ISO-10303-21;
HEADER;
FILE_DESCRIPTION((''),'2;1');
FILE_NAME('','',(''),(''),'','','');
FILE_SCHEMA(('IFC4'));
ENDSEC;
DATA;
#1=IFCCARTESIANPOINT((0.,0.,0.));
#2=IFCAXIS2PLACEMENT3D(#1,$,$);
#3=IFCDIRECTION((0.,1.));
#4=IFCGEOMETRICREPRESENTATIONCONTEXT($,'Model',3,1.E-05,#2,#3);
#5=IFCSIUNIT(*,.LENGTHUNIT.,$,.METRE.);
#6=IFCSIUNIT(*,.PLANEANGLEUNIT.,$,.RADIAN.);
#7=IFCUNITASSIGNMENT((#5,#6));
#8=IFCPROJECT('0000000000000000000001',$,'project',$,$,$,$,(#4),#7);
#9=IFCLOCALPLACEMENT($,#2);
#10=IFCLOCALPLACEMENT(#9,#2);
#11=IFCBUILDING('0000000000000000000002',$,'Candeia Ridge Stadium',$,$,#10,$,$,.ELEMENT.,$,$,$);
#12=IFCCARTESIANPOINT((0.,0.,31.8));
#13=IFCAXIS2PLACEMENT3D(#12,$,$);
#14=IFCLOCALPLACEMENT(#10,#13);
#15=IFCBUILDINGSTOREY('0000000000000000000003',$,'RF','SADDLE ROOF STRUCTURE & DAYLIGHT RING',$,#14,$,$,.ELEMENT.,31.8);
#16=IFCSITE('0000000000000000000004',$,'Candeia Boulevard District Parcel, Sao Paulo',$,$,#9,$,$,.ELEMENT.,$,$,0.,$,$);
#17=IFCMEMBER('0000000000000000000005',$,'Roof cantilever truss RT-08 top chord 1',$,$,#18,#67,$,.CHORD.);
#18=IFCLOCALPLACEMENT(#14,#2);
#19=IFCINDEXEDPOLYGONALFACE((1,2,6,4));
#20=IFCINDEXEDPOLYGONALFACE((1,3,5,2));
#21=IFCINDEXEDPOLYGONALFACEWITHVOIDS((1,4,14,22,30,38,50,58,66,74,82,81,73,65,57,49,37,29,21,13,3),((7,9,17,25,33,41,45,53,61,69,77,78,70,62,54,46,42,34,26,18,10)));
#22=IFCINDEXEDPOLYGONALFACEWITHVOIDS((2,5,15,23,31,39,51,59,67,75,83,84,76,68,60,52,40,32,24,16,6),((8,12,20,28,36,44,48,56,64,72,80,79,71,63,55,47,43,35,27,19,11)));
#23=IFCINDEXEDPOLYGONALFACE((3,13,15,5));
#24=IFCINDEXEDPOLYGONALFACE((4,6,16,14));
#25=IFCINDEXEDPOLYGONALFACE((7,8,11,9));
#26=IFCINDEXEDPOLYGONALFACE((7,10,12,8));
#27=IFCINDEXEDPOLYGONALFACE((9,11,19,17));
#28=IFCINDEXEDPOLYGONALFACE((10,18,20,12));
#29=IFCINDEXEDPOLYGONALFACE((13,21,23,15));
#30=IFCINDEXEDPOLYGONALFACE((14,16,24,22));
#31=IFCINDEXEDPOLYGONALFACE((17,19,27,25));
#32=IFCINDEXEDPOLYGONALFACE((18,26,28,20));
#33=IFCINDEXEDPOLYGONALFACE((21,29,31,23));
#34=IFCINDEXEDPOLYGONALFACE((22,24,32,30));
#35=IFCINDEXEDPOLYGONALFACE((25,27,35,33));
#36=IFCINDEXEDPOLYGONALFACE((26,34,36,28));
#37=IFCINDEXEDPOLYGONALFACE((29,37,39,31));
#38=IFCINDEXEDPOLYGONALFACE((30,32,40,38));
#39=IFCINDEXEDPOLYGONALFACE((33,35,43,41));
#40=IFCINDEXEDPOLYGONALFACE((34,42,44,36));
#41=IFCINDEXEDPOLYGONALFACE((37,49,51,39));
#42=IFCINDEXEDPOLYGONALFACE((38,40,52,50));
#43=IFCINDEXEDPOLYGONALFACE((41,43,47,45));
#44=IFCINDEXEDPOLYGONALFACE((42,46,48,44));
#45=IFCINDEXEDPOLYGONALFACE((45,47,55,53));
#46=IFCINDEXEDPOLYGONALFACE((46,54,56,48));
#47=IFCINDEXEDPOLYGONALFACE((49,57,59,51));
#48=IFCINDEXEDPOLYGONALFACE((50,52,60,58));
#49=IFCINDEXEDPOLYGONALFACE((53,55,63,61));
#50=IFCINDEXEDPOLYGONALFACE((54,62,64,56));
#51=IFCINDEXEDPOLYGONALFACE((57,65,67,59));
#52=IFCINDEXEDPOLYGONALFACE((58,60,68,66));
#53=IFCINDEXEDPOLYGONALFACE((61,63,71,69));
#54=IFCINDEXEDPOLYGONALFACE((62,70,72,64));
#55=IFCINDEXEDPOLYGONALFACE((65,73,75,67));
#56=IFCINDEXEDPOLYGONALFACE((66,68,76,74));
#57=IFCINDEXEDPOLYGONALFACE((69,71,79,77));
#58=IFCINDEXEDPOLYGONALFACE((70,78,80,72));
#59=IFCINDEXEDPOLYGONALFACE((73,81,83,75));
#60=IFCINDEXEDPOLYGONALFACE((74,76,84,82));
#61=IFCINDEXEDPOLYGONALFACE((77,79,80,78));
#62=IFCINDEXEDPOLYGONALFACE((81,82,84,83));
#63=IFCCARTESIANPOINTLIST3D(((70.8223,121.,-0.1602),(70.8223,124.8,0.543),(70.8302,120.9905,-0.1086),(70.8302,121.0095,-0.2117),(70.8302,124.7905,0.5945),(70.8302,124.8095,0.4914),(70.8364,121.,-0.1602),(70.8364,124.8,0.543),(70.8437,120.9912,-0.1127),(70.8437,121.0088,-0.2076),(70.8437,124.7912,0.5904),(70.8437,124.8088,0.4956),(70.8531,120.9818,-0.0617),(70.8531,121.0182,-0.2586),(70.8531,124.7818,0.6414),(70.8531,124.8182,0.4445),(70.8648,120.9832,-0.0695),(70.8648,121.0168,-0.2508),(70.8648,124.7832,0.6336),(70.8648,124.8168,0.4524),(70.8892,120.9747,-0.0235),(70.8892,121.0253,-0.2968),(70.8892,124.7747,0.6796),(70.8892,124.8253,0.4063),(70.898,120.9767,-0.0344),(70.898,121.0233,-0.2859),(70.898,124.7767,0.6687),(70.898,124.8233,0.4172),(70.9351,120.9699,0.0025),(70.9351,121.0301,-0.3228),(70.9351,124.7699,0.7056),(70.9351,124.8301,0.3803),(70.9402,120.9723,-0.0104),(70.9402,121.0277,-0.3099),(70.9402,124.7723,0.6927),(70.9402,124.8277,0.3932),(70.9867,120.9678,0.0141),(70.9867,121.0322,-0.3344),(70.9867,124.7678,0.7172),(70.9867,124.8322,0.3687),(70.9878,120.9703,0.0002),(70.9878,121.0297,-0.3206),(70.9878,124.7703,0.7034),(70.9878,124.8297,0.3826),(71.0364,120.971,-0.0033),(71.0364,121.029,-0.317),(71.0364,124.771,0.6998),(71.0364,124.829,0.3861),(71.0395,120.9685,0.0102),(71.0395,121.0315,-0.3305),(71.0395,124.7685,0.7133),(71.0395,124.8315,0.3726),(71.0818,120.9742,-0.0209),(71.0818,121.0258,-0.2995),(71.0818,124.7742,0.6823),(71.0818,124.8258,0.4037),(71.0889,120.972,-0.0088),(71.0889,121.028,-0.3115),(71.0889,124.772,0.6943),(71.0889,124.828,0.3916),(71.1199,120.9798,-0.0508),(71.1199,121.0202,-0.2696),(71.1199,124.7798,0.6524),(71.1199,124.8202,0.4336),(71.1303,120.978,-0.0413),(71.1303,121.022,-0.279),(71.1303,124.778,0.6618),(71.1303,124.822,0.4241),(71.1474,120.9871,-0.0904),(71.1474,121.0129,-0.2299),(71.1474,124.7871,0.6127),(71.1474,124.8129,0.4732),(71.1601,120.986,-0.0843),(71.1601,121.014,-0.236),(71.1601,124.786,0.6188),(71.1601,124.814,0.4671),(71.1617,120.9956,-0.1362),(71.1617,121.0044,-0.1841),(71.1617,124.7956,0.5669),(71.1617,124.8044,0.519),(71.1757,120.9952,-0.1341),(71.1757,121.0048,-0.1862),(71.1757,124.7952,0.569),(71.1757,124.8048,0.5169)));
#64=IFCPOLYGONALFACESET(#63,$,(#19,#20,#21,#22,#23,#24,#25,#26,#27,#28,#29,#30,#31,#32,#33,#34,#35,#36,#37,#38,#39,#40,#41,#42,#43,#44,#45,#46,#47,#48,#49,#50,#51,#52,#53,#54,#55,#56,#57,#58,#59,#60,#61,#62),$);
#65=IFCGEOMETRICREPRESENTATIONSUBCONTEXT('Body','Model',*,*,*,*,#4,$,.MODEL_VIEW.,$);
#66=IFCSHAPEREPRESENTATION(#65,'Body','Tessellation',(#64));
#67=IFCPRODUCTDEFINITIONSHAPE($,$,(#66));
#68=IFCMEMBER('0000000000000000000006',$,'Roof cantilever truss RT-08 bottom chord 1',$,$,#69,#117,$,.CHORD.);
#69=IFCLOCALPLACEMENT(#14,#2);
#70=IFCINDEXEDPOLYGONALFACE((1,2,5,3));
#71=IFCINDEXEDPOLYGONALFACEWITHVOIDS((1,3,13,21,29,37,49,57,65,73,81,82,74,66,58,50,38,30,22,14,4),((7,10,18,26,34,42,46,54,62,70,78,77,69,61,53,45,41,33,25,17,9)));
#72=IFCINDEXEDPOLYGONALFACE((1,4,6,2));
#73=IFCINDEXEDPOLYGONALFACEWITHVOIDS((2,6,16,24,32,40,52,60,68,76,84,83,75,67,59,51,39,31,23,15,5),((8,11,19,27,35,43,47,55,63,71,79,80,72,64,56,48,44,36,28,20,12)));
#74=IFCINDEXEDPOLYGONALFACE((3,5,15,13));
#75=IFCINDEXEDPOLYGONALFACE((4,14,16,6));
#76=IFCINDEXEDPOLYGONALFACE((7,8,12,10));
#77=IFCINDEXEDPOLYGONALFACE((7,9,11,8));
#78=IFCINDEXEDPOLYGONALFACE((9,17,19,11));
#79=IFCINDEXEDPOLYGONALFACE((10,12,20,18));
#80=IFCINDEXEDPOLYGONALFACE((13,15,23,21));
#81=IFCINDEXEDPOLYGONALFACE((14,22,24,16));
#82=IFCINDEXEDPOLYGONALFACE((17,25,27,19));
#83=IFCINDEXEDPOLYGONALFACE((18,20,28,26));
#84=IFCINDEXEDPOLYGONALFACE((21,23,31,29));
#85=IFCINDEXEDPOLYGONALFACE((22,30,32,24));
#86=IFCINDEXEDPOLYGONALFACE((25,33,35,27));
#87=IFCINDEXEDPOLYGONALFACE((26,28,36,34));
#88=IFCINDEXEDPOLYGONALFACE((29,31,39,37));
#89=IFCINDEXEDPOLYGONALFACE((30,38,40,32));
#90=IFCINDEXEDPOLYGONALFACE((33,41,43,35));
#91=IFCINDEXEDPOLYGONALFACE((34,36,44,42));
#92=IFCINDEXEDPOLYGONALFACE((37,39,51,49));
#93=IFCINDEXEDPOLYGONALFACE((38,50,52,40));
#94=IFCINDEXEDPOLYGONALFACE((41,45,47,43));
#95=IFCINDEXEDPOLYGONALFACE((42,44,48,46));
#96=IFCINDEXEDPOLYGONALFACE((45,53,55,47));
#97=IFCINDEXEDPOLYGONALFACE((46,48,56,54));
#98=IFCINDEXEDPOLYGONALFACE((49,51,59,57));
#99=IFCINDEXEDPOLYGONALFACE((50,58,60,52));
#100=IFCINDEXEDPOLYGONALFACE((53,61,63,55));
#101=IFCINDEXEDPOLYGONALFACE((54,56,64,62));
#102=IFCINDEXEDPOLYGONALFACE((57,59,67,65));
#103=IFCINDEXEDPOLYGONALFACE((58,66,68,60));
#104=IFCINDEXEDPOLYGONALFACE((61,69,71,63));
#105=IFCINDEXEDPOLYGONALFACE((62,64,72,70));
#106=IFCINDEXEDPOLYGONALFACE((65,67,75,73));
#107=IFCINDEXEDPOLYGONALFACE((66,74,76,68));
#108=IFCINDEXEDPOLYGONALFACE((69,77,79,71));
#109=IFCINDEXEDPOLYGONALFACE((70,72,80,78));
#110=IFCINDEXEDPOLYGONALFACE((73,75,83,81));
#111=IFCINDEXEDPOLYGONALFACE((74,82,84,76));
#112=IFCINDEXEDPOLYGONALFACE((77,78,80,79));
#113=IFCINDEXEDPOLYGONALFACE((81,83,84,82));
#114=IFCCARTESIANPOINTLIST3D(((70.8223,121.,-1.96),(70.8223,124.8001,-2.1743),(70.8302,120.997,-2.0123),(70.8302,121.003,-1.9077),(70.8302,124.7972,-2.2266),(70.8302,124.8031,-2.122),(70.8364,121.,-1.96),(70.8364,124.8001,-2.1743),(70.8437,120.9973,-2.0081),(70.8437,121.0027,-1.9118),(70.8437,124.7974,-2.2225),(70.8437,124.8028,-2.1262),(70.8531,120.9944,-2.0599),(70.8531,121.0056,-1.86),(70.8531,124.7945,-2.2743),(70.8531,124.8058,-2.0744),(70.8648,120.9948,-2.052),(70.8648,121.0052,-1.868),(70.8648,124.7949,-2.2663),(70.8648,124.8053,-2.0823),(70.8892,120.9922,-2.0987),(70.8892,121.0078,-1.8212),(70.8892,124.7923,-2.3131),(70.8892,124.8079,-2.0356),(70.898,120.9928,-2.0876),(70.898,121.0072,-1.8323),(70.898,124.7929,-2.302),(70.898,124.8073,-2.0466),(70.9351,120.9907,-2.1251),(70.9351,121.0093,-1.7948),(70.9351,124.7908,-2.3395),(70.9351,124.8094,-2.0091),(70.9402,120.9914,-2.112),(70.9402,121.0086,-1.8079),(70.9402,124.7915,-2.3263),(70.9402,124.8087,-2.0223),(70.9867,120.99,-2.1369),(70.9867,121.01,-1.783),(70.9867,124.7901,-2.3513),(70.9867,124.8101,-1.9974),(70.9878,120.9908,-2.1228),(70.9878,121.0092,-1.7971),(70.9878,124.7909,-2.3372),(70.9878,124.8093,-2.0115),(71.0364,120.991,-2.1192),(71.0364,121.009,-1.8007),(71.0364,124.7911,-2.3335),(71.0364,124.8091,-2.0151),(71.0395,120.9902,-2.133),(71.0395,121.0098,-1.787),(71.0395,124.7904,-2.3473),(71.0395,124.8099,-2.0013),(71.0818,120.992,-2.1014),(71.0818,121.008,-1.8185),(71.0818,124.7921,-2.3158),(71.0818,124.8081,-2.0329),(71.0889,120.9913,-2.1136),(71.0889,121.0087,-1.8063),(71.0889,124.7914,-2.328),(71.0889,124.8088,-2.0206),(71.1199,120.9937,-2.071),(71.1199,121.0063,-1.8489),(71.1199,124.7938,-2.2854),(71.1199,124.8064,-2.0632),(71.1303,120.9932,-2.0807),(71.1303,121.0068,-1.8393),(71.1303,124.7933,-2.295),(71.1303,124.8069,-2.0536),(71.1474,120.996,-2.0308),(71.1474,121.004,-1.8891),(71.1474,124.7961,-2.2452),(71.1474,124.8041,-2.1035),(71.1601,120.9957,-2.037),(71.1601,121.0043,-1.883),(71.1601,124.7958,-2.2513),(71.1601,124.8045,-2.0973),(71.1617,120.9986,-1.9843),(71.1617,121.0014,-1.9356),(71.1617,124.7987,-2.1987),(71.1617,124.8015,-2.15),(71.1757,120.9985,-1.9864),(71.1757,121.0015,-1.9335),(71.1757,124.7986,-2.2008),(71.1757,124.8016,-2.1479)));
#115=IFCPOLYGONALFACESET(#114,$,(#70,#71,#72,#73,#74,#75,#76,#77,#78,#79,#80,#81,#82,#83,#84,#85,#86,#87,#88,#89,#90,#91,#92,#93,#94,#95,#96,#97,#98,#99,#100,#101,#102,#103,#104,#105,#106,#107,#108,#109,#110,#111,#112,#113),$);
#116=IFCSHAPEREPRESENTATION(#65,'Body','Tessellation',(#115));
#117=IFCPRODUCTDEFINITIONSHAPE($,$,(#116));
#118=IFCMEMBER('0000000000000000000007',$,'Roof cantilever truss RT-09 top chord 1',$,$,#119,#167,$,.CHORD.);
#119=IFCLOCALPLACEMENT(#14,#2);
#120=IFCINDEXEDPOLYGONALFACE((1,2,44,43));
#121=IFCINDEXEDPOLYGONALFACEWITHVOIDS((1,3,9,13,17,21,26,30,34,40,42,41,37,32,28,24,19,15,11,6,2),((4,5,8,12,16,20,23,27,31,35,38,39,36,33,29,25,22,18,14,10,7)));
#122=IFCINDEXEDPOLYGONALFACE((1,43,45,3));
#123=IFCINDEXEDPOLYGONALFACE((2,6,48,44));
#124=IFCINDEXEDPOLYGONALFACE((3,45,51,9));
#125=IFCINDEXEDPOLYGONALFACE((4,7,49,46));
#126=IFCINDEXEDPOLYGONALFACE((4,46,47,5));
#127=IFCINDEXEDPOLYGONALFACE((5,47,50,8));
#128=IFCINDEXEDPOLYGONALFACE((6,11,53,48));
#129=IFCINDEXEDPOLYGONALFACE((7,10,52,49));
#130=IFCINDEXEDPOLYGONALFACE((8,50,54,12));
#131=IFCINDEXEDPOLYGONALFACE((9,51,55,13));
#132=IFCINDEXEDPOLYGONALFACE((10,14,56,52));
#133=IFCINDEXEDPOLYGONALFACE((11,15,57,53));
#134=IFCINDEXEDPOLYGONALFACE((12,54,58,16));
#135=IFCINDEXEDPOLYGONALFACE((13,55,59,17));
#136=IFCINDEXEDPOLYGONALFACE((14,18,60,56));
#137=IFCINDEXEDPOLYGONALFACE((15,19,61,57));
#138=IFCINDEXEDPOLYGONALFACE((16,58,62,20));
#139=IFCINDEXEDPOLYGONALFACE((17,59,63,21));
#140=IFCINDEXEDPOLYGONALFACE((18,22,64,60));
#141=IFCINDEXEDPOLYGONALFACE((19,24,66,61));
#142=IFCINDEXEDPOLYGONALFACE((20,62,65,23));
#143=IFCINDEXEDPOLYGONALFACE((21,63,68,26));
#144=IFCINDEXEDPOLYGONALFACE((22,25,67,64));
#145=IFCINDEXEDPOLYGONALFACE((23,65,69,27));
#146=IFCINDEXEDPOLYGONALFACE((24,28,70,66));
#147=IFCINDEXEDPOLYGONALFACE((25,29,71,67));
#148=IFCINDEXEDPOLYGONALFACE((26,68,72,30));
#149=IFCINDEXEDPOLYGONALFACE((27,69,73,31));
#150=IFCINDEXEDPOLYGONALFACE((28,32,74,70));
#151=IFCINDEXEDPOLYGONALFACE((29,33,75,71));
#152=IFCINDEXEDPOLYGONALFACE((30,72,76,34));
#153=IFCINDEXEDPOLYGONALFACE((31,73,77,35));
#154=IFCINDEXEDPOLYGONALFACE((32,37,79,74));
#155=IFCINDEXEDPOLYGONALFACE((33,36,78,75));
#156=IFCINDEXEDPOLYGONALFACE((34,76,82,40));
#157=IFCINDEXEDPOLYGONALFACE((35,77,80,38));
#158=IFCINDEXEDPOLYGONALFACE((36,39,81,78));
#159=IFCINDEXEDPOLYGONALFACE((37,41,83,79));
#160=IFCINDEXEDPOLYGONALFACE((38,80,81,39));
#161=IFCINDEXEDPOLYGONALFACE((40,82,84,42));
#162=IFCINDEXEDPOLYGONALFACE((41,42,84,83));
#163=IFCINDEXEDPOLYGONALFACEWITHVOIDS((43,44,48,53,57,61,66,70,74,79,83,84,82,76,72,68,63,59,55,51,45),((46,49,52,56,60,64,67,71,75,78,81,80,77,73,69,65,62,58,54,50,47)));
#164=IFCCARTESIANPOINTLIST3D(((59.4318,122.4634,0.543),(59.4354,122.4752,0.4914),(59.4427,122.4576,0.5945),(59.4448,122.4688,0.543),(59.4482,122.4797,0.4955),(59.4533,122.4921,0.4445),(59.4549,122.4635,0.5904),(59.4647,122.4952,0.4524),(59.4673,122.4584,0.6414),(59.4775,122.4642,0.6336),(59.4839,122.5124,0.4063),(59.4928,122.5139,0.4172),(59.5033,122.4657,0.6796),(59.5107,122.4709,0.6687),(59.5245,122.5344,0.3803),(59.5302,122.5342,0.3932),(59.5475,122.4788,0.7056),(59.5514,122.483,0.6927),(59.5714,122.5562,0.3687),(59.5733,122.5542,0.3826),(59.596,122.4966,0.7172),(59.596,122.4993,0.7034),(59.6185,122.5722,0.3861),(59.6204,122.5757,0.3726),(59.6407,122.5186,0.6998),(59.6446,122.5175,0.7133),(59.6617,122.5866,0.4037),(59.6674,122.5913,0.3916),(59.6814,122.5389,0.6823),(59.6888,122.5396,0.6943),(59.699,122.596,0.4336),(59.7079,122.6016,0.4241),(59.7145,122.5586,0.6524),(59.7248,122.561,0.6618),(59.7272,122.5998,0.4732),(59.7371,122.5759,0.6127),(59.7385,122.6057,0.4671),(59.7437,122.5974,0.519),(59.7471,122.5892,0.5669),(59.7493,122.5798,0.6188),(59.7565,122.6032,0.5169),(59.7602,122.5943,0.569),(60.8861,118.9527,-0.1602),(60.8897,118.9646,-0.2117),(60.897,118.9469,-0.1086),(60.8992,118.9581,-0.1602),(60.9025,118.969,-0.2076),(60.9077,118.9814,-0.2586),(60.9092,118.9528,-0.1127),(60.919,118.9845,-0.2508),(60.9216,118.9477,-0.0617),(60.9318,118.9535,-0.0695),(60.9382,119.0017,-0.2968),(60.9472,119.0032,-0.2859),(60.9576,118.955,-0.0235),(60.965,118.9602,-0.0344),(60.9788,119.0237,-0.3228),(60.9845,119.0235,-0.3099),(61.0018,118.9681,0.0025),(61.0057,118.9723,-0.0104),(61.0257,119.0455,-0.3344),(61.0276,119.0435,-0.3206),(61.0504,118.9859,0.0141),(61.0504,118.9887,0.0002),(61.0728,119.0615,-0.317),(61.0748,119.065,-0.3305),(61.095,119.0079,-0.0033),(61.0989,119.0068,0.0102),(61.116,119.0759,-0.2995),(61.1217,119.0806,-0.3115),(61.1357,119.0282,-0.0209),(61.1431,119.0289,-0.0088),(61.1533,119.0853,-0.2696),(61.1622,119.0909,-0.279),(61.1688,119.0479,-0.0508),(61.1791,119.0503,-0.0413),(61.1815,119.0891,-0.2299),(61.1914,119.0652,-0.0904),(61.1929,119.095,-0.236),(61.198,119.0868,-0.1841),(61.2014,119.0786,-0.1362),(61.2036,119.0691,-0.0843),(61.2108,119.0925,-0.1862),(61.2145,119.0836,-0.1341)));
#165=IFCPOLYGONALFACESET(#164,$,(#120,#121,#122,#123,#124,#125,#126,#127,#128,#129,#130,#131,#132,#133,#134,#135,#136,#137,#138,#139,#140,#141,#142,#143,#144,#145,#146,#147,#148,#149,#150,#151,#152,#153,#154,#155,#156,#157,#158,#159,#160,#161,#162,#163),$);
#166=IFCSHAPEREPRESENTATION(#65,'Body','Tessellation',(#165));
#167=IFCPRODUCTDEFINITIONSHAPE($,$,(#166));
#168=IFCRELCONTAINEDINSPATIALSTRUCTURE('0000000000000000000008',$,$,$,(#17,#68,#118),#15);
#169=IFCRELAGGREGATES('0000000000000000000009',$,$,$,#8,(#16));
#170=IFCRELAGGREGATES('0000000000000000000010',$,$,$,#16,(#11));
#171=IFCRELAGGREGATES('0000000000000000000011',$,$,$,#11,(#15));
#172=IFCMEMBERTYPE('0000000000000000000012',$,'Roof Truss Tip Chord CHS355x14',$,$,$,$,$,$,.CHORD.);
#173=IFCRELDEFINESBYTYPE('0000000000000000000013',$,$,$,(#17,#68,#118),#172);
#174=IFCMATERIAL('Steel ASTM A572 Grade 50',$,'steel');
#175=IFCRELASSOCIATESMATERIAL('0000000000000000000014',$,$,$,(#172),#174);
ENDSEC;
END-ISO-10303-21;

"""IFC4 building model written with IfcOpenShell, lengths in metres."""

from ifc_helpers import new_model, si_unit, direction, frame, origin, origin_2d, place, context, subcontext, project, spatial, hollow_circle, extrude, material, material_profile, profile_set, type_object, element, save


model = new_model("IFC4")

# Units and contexts
model_context = context("Model", 3, precision=1e-05, world=origin(), true_north=direction((0.0, 1.0)))
body_context = subcontext(model_context, "Body", "Model", "MODEL_VIEW")
ifc_project = project(units=[si_unit("LENGTHUNIT", "METRE"), si_unit("PLANEANGLEUNIT", "RADIAN")], contexts=[model_context])

# Site, building, storey
site_placement = place(None, origin())
site = spatial("IfcSite", under=ifc_project, at=site_placement, Name="Candeia Boulevard District Parcel, Sao Paulo", CompositionType="ELEMENT", RefElevation=0.0)
building_placement = place(site_placement, origin())
building = spatial("IfcBuilding", under=site, at=building_placement, Name="Candeia Ridge Stadium", CompositionType="ELEMENT")
storey_placement = place(building_placement, frame((0.0, 0.0, 31.8)))
storey = spatial("IfcBuildingStorey", under=building, at=storey_placement, Name="RF", Description="SADDLE ROOF STRUCTURE & DAYLIGHT RING", CompositionType="ELEMENT", Elevation=31.8)

# Shared definitions
ifc_material_1 = material(Name="Steel ASTM A572 Grade 50", Category="steel")

# Members
ifc_material_profile_1 = material_profile(ifc_material_1, hollow_circle(Radius=0.1777, WallThickness=0.0142, at=origin_2d()), Name="CHS355x14", Category="steel")
ifc_profile_set_1 = profile_set([ifc_material_profile_1], Name="Steel ASTM A572 Grade 50")
member_type_1 = type_object("IfcMemberType", Name="Roof Truss Tip Chord CHS355x14", PredefinedType="CHORD", material=ifc_profile_set_1)
member_1_placement = place(storey_placement, frame((71.0, 121.0, -0.1602), z_axis=(0.0, 0.983309, 0.181942), x_axis=(-1.0, 0.0, 0.0)))
element("IfcMember", 1, at=member_1_placement, inside=storey, type_object=member_type_1, Name="Roof cantilever truss RT-08 top chord 1", PredefinedType="CHORD", context=body_context, shape_type="SweptSolid", body=[
    extrude(hollow_circle(Radius=0.1777, WallThickness=0.0142, at=origin_2d()), origin(), (0.0, 0.0, 1.0), 3.8645),
])
member_2_placement = place(storey_placement, frame((71.0, 121.0, -1.96), z_axis=(0.0, 0.998413, -0.056319), x_axis=(-1.0, 0.0, 0.0)))
element("IfcMember", 2, at=member_2_placement, inside=storey, type_object=member_type_1, Name="Roof cantilever truss RT-08 bottom chord 1", PredefinedType="CHORD", context=body_context, shape_type="SweptSolid", body=[
    extrude(hollow_circle(Radius=0.1777, WallThickness=0.0142, at=origin_2d()), origin(), (0.0, 0.0, 1.0), 3.8062),
])
member_3_placement = place(storey_placement, frame((61.0503, 119.0208, -0.1602), z_axis=(-0.376329, 0.908446, 0.181942), x_axis=(-0.923866, -0.382717, 0.0)))
element("IfcMember", 3, at=member_3_placement, inside=storey, type_object=member_type_1, Name="Roof cantilever truss RT-09 top chord 1", PredefinedType="CHORD", context=body_context, shape_type="SweptSolid", body=[
    extrude(hollow_circle(Radius=0.1777, WallThickness=0.0142, at=origin_2d()), origin(), (0.0, 0.0, 1.0), 3.8645),
])

save(model, "model.ifc")
